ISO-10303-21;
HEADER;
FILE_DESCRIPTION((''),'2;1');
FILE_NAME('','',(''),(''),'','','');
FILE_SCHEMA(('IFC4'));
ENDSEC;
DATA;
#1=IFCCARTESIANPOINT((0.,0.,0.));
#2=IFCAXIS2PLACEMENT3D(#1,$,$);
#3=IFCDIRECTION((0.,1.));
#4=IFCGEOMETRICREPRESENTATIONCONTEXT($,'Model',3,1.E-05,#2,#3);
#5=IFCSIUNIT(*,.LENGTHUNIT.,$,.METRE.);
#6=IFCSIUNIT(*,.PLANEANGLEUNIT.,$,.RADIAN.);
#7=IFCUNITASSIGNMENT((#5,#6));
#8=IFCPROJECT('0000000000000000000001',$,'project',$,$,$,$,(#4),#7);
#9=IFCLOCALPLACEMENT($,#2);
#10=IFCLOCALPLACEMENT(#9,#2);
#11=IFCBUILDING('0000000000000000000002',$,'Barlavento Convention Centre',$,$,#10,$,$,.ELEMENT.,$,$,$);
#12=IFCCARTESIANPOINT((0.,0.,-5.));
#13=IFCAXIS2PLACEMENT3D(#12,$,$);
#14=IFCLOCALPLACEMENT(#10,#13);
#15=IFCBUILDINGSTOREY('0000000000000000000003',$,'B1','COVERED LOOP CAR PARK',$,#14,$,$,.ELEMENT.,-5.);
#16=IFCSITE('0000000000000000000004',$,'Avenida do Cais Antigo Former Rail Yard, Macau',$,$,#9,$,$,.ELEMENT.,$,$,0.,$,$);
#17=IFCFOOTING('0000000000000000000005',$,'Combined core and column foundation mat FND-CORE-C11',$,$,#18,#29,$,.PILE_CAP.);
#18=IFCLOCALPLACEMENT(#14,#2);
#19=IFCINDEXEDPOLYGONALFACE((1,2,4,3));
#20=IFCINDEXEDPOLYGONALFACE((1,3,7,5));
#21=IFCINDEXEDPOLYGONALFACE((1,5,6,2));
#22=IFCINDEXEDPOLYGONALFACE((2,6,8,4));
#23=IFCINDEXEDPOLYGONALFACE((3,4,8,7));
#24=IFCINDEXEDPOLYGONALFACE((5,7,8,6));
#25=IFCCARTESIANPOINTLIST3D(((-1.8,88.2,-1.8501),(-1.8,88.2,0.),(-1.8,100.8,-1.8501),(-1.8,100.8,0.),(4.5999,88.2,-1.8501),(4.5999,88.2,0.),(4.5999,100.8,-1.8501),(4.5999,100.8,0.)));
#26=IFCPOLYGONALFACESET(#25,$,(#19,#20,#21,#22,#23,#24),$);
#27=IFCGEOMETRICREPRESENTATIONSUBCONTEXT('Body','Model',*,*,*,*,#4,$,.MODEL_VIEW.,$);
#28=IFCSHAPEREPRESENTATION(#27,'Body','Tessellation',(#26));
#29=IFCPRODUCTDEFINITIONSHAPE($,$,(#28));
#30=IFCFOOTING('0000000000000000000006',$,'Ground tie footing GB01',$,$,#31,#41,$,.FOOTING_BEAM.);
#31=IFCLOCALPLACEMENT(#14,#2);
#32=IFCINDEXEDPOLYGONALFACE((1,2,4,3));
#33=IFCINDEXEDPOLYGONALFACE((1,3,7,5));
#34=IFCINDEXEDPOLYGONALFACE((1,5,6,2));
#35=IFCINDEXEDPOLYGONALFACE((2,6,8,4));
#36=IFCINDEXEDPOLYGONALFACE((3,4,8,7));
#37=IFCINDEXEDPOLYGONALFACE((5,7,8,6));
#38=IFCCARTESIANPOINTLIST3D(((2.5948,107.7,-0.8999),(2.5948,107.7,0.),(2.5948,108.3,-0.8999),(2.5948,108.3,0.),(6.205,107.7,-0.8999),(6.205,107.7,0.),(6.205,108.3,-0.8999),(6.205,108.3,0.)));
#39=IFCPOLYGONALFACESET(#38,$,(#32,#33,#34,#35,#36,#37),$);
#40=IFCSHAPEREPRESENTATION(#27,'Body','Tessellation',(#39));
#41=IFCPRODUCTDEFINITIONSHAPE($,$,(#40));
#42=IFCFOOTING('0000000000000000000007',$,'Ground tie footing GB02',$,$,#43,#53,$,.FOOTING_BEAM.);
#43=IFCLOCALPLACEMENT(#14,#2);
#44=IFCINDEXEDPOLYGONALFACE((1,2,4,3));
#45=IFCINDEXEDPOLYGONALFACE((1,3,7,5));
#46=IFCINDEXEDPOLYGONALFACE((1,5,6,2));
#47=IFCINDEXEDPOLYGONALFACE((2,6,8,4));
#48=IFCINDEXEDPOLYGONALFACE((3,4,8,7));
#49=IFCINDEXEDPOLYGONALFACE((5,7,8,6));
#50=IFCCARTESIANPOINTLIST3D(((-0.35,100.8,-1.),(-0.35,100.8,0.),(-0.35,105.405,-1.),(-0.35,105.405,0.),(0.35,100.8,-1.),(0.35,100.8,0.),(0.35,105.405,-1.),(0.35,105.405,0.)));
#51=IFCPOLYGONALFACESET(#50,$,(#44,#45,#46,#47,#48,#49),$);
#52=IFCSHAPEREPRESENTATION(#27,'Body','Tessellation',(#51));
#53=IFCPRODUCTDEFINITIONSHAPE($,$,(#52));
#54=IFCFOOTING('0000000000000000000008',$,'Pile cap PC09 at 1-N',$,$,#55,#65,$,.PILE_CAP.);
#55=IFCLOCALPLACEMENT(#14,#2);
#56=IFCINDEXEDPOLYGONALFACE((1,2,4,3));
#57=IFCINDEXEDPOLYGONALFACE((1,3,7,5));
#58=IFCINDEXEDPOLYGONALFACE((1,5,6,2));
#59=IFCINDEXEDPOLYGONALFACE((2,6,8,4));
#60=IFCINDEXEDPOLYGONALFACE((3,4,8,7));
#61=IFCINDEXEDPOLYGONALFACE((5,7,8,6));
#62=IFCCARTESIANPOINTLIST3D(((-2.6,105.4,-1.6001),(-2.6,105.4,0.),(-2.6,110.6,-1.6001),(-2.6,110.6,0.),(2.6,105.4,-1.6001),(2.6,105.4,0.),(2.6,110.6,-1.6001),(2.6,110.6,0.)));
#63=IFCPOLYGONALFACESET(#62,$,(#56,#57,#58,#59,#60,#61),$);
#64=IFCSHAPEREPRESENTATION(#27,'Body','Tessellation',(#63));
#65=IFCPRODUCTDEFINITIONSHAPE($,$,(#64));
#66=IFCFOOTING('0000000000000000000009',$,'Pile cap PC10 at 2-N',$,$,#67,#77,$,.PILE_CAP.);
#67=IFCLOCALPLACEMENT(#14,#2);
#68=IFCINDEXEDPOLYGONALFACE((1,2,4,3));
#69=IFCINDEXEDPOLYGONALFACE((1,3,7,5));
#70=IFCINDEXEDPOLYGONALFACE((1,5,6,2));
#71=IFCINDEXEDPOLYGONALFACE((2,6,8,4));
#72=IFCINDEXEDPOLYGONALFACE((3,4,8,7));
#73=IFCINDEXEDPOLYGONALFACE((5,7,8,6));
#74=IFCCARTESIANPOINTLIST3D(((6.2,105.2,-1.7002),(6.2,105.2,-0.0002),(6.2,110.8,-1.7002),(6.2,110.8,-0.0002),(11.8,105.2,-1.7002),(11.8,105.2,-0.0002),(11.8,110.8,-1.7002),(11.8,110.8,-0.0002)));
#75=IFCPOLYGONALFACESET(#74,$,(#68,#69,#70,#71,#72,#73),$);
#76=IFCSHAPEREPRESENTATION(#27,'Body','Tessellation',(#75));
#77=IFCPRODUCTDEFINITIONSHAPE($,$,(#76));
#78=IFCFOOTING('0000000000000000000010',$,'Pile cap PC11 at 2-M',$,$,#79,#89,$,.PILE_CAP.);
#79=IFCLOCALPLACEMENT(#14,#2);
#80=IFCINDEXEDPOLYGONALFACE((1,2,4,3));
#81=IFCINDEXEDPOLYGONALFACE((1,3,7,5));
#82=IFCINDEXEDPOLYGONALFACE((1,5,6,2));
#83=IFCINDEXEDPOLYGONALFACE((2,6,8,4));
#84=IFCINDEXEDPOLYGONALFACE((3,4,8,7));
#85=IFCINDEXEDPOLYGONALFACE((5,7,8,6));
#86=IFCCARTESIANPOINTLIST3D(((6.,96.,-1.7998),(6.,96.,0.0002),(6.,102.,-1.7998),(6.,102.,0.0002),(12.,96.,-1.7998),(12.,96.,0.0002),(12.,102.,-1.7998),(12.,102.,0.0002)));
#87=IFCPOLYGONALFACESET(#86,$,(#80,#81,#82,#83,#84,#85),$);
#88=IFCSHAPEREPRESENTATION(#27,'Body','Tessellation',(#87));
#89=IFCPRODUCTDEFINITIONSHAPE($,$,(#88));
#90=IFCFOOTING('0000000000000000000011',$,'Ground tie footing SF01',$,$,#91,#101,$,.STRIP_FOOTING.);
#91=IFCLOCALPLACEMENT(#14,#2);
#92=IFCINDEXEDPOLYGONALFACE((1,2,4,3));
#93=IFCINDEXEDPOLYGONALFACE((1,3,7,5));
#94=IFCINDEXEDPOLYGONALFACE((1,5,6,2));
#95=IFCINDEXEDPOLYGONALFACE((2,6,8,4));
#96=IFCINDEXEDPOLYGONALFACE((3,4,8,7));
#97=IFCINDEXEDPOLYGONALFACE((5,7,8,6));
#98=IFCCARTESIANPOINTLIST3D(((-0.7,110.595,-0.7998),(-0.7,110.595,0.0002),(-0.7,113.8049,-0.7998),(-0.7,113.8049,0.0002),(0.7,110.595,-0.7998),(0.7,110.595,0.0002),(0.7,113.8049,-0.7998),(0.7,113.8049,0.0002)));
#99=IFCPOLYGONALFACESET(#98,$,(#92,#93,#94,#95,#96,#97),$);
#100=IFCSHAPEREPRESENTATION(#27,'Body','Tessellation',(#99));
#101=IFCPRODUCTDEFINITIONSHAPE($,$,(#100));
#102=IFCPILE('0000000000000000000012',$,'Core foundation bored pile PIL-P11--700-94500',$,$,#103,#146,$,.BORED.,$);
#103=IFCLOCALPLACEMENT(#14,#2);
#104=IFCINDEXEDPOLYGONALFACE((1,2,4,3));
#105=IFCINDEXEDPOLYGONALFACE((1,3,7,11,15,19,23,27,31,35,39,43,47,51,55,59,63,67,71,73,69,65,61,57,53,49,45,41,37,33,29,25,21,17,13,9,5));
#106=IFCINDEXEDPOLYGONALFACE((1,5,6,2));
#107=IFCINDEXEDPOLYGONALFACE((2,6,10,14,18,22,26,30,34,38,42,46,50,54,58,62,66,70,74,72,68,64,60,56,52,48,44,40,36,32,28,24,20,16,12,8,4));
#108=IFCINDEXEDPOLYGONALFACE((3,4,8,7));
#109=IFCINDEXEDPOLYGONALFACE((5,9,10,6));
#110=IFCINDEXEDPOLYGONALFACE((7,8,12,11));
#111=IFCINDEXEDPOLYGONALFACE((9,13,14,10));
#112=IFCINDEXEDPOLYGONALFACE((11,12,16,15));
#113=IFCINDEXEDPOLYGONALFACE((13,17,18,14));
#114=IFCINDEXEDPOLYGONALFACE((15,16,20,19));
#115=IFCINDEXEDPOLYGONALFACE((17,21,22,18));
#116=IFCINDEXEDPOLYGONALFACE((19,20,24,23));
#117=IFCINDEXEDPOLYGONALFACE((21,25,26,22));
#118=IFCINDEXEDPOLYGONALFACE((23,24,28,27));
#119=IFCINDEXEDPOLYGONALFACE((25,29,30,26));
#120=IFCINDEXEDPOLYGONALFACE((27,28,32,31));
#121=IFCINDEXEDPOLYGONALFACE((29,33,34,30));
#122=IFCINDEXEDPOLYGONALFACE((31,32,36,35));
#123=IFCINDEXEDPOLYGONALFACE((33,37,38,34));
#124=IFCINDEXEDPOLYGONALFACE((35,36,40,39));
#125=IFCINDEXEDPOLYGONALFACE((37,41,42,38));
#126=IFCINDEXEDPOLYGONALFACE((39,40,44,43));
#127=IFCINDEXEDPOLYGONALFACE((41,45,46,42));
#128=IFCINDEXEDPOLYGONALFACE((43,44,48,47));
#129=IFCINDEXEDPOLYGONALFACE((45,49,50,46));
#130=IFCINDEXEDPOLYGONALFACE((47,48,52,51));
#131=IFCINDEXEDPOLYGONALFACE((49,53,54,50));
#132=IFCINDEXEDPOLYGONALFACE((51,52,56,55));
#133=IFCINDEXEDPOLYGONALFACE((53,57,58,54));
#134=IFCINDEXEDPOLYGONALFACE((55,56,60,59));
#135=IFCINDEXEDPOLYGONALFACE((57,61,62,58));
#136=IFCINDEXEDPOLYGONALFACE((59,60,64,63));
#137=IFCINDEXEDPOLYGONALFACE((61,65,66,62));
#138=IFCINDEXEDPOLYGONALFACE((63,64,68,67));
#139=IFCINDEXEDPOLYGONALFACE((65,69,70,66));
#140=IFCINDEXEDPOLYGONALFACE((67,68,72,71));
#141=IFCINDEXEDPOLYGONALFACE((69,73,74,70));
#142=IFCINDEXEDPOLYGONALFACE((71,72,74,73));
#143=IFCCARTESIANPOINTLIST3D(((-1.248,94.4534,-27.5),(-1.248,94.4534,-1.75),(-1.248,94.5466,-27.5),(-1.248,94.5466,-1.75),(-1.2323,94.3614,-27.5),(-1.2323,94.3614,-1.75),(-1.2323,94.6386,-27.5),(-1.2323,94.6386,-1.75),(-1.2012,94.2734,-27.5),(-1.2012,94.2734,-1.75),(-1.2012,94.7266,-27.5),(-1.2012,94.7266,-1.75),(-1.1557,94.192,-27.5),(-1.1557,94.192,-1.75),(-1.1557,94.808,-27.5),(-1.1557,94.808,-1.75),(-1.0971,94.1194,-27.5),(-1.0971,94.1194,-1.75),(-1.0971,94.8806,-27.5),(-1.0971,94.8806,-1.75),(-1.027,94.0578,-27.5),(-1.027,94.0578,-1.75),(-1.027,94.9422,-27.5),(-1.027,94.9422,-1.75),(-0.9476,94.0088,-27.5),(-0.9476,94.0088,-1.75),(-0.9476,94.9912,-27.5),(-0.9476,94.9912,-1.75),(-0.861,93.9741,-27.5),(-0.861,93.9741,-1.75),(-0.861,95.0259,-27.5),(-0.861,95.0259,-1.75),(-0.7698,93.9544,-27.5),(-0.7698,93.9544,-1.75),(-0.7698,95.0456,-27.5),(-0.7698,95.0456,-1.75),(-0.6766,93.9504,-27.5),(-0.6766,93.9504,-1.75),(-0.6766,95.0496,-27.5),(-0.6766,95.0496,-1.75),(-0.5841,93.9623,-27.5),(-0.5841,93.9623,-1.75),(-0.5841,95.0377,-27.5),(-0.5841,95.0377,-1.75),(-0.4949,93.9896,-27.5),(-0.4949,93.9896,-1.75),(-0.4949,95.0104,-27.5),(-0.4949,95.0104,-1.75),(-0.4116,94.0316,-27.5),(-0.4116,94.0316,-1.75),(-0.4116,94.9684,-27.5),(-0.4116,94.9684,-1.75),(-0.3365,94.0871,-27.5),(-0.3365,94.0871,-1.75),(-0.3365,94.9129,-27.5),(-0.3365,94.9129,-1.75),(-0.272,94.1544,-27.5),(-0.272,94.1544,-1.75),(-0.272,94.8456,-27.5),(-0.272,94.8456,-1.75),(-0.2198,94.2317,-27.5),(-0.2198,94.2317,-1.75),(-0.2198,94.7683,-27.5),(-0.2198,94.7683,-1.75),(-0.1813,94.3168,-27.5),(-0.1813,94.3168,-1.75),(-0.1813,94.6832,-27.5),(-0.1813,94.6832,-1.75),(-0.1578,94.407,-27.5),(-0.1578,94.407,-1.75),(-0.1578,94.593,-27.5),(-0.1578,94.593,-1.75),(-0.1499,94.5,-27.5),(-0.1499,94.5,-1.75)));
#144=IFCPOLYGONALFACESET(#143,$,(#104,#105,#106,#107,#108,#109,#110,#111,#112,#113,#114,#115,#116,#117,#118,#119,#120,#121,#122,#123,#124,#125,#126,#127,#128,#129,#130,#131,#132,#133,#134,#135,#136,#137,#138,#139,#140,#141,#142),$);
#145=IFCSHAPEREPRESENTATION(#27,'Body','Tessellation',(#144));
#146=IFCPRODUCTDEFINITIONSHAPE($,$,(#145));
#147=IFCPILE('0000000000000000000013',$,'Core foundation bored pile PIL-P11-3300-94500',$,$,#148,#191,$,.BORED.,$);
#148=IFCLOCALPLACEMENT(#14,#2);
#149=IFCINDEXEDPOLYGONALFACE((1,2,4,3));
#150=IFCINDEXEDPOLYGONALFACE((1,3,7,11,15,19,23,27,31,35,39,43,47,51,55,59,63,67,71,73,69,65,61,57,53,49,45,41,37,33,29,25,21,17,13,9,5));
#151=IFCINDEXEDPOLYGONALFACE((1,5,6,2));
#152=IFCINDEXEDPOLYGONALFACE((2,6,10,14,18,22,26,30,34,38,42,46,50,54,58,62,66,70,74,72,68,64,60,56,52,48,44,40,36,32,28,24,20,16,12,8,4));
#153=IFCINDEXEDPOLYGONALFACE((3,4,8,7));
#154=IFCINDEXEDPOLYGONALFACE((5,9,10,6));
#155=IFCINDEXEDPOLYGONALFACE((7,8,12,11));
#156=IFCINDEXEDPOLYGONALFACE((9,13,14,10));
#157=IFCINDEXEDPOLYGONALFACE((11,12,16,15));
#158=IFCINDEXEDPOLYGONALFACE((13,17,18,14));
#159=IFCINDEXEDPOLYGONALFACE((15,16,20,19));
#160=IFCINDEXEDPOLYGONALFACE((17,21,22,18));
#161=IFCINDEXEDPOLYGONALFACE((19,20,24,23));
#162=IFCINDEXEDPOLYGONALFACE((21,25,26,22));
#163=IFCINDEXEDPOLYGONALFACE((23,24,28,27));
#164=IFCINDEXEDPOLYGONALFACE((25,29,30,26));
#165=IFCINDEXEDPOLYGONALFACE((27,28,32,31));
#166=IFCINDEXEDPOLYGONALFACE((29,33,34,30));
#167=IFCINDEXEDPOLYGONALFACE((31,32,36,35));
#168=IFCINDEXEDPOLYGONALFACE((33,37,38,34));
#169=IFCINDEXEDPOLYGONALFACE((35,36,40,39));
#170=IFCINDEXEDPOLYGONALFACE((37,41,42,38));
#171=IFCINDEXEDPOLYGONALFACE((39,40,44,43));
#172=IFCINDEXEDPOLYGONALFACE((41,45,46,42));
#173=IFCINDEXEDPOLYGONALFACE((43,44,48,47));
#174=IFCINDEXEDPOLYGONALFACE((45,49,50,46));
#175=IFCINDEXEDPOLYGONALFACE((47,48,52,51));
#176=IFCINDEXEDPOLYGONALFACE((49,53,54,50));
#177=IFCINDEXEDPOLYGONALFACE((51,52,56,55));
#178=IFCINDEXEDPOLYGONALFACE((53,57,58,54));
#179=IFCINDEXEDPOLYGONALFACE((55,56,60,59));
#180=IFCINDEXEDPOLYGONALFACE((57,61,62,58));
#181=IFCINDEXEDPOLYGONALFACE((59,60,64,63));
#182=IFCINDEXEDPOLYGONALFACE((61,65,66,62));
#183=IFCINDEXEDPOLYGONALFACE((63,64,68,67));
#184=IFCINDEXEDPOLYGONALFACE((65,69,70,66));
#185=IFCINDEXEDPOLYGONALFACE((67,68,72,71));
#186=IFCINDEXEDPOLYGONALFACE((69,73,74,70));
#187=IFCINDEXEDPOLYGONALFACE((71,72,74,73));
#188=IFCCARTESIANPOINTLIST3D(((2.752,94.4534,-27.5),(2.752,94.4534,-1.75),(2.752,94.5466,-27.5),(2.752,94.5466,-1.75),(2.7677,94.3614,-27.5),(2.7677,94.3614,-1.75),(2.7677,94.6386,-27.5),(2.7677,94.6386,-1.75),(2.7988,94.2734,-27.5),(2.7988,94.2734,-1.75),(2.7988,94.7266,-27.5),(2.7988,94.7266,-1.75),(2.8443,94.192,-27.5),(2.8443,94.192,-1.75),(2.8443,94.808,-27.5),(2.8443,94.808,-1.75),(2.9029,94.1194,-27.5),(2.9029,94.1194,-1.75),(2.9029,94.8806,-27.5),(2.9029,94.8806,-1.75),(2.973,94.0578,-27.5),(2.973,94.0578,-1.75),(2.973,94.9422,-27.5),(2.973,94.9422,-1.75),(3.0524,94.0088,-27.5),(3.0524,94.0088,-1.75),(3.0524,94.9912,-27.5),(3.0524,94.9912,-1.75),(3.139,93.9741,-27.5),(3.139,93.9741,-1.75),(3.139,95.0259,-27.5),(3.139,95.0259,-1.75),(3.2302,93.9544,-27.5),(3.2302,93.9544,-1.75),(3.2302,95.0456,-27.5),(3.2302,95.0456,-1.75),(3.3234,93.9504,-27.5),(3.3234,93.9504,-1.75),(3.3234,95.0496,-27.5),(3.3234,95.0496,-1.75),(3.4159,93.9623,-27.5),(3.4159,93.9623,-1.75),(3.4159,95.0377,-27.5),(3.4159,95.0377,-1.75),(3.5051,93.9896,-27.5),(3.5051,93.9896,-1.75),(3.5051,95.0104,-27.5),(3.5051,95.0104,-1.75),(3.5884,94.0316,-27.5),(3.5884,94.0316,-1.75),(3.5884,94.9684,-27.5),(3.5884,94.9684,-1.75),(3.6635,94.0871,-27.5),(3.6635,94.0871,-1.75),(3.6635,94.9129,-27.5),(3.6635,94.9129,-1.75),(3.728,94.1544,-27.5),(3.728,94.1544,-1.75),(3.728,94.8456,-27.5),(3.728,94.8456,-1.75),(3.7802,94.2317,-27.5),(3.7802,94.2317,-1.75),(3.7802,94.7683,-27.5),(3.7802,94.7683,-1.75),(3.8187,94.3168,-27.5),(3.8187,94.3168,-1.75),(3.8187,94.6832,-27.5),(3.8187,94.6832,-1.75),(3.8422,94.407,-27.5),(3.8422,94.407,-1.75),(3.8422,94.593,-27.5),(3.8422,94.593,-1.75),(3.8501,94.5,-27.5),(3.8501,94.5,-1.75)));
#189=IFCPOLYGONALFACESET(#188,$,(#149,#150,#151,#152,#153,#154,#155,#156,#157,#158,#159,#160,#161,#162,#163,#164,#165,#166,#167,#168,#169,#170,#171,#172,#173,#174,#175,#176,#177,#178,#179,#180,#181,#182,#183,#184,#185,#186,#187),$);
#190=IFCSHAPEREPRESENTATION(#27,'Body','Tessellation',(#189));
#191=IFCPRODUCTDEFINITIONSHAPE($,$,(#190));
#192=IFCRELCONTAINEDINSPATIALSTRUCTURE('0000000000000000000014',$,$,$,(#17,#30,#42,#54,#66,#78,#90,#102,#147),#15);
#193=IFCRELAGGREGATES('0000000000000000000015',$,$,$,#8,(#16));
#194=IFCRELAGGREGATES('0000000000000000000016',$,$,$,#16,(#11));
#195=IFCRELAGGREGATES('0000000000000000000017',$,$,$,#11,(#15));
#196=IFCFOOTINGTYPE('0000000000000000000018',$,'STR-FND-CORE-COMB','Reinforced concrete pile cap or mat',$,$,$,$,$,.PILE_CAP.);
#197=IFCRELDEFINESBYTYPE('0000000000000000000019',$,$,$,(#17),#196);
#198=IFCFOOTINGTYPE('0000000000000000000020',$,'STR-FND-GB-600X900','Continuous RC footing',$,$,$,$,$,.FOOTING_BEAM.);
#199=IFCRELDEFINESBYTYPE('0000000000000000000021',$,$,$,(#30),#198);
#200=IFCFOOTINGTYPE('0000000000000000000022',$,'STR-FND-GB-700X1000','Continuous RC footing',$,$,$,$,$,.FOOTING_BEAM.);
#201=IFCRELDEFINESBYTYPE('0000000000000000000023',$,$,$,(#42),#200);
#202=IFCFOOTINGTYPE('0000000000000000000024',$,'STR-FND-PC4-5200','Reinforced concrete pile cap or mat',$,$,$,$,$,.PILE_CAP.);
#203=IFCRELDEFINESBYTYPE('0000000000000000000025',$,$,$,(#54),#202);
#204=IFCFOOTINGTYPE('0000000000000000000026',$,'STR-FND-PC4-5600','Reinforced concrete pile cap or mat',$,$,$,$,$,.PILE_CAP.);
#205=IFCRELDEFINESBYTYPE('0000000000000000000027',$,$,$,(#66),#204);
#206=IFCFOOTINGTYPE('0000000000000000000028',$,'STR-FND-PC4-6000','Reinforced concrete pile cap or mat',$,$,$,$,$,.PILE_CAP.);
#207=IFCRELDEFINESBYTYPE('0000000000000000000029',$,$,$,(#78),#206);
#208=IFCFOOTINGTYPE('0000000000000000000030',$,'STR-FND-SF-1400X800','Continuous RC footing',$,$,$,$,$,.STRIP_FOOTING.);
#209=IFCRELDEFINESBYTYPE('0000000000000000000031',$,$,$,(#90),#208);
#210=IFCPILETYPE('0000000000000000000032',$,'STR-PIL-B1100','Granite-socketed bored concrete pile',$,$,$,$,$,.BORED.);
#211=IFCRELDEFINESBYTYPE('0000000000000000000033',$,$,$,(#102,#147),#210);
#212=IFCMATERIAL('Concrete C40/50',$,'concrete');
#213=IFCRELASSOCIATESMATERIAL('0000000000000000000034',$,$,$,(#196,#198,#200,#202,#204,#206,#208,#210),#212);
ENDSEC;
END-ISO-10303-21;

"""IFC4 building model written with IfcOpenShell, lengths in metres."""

from ifc_helpers import new_model, si_unit, direction, frame, origin, origin_2d, place, context, subcontext, project, spatial, rectangle, circle, extrude, material, material_profile, profile_set, type_object, element, save


model = new_model("IFC4")

# Units and contexts
model_context = context("Model", 3, precision=1e-05, world=origin(), true_north=direction((0.0, 1.0)))
body_context = subcontext(model_context, "Body", "Model", "MODEL_VIEW")
ifc_project = project(units=[si_unit("LENGTHUNIT", "METRE"), si_unit("PLANEANGLEUNIT", "RADIAN")], contexts=[model_context])

# Site, building, storey
site_placement = place(None, origin())
site = spatial("IfcSite", under=ifc_project, at=site_placement, Name="Avenida do Cais Antigo Former Rail Yard, Macau", CompositionType="ELEMENT", RefElevation=0.0)
building_placement = place(site_placement, origin())
building = spatial("IfcBuilding", under=site, at=building_placement, Name="Barlavento Convention Centre", CompositionType="ELEMENT")
storey_placement = place(building_placement, frame((0.0, 0.0, -5.0)))
storey = spatial("IfcBuildingStorey", under=building, at=storey_placement, Name="B1", Description="COVERED LOOP CAR PARK", CompositionType="ELEMENT", Elevation=-5.0)

# Footings
ifc_material_1 = material(Name="Concrete C40/50", Category="concrete")
footing_type_1 = type_object("IfcFootingType", Name="STR-FND-CORE-COMB", Description="Reinforced concrete pile cap or mat", PredefinedType="PILE_CAP", material=ifc_material_1)
footing_1_placement = place(storey_placement, frame((1.3999, 94.5, -1.8501), z_axis=(0.0, 0.0, 1.0), x_axis=(1.0, 0.0, 0.0)))
element("IfcFooting", 1, at=footing_1_placement, inside=storey, type_object=footing_type_1, Name="Combined core and column foundation mat FND-CORE-C11", PredefinedType="PILE_CAP", context=body_context, shape_type="SweptSolid", body=[
    extrude(rectangle(XDim=6.3999, YDim=12.6001, at=origin_2d()), origin(), (0.0, 0.0, 1.0), 1.8501),
])
footing_type_2 = type_object("IfcFootingType", Name="STR-FND-GB-600X900", Description="Continuous RC footing", PredefinedType="FOOTING_BEAM", material=ifc_material_1)
footing_2_placement = place(storey_placement, frame((4.3999, 108.0, -0.8999), z_axis=(0.0, 0.0, 1.0), x_axis=(1.0, 0.0, 0.0)))
element("IfcFooting", 2, at=footing_2_placement, inside=storey, type_object=footing_type_2, Name="Ground tie footing GB01", PredefinedType="FOOTING_BEAM", context=body_context, shape_type="SweptSolid", body=[
    extrude(rectangle(XDim=3.6101, YDim=0.6001, at=origin_2d()), origin(), (0.0, 0.0, 1.0), 0.8999),
])
footing_type_3 = type_object("IfcFootingType", Name="STR-FND-GB-700X1000", Description="Continuous RC footing", PredefinedType="FOOTING_BEAM", material=ifc_material_1)
footing_3_placement = place(storey_placement, frame((0.0, 103.1025, -1.0), z_axis=(0.0, 0.0, 1.0), x_axis=(1.0, 0.0, 0.0)))
element("IfcFooting", 3, at=footing_3_placement, inside=storey, type_object=footing_type_3, Name="Ground tie footing GB02", PredefinedType="FOOTING_BEAM", context=body_context, shape_type="SweptSolid", body=[
    extrude(rectangle(XDim=0.7, YDim=4.605, at=origin_2d()), origin(), (0.0, 0.0, 1.0), 1.0),
])
footing_type_4 = type_object("IfcFootingType", Name="STR-FND-PC4-5200", Description="Reinforced concrete pile cap or mat", PredefinedType="PILE_CAP", material=ifc_material_1)
footing_4_placement = place(storey_placement, frame((0.0, 108.0, -1.6001), z_axis=(0.0, 0.0, 1.0), x_axis=(1.0, 0.0, 0.0)))
element("IfcFooting", 4, at=footing_4_placement, inside=storey, type_object=footing_type_4, Name="Pile cap PC09 at 1-N", PredefinedType="PILE_CAP", context=body_context, shape_type="SweptSolid", body=[
    extrude(rectangle(XDim=5.2, YDim=5.2, at=origin_2d()), origin(), (0.0, 0.0, 1.0), 1.6001),
])
footing_type_5 = type_object("IfcFootingType", Name="STR-FND-PC4-5600", Description="Reinforced concrete pile cap or mat", PredefinedType="PILE_CAP", material=ifc_material_1)
footing_5_placement = place(storey_placement, frame((9.0, 108.0, -1.7002), z_axis=(0.0, 0.0, 1.0), x_axis=(1.0, 0.0, 0.0)))
element("IfcFooting", 5, at=footing_5_placement, inside=storey, type_object=footing_type_5, Name="Pile cap PC10 at 2-N", PredefinedType="PILE_CAP", context=body_context, shape_type="SweptSolid", body=[
    extrude(rectangle(XDim=5.6001, YDim=5.6001, at=origin_2d()), origin(), (0.0, 0.0, 1.0), 1.7),
])
footing_type_6 = type_object("IfcFootingType", Name="STR-FND-PC4-6000", Description="Reinforced concrete pile cap or mat", PredefinedType="PILE_CAP", material=ifc_material_1)
footing_6_placement = place(storey_placement, frame((9.0, 99.0, -1.7998), z_axis=(0.0, 0.0, 1.0), x_axis=(1.0, 0.0, 0.0)))
element("IfcFooting", 6, at=footing_6_placement, inside=storey, type_object=footing_type_6, Name="Pile cap PC11 at 2-M", PredefinedType="PILE_CAP", context=body_context, shape_type="SweptSolid", body=[
    extrude(rectangle(XDim=6.0, YDim=6.0, at=origin_2d()), origin(), (0.0, 0.0, 1.0), 1.8),
])
footing_type_7 = type_object("IfcFootingType", Name="STR-FND-SF-1400X800", Description="Continuous RC footing", PredefinedType="STRIP_FOOTING", material=ifc_material_1)
footing_7_placement = place(storey_placement, frame((0.0, 112.2, -0.7998), z_axis=(0.0, 0.0, 1.0), x_axis=(1.0, 0.0, 0.0)))
element("IfcFooting", 7, at=footing_7_placement, inside=storey, type_object=footing_type_7, Name="Ground tie footing SF01", PredefinedType="STRIP_FOOTING", context=body_context, shape_type="SweptSolid", body=[
    extrude(rectangle(XDim=1.3999, YDim=3.21, at=origin_2d()), origin(), (0.0, 0.0, 1.0), 0.8),
])

# Piles
ifc_material_profile_1 = material_profile(ifc_material_1, circle(Radius=0.55, at=origin_2d()), Name="BORED PILE 1100")
ifc_profile_set_1 = profile_set([ifc_material_profile_1], Name="Concrete C40/50")
pile_type_1 = type_object("IfcPileType", Name="STR-PIL-B1100", Description="Granite-socketed bored concrete pile", PredefinedType="BORED", material=ifc_profile_set_1)
for number, where, z_axis, x_axis, name in (
    (8, (-0.7, 94.5, -1.75), (0.0, 0.0, -1.0), (1.0, 0.0, 0.0), "Core foundation bored pile PIL-P11--700-94500"),
    (9, (3.3, 94.5, -1.75), (0.0, 0.0, -1.0), (1.0, 0.0, 0.0), "Core foundation bored pile PIL-P11-3300-94500"),
):
    element("IfcPile", number, at=place(storey_placement, frame(where, z_axis=z_axis, x_axis=x_axis)), inside=storey, type_object=pile_type_1, Name=name, PredefinedType="BORED", context=body_context, shape_type="SweptSolid", body=[
        extrude(circle(Radius=0.55, at=origin_2d()), origin(), (0.0, 0.0, 1.0), 25.75),
    ])

save(model, "model.ifc")
